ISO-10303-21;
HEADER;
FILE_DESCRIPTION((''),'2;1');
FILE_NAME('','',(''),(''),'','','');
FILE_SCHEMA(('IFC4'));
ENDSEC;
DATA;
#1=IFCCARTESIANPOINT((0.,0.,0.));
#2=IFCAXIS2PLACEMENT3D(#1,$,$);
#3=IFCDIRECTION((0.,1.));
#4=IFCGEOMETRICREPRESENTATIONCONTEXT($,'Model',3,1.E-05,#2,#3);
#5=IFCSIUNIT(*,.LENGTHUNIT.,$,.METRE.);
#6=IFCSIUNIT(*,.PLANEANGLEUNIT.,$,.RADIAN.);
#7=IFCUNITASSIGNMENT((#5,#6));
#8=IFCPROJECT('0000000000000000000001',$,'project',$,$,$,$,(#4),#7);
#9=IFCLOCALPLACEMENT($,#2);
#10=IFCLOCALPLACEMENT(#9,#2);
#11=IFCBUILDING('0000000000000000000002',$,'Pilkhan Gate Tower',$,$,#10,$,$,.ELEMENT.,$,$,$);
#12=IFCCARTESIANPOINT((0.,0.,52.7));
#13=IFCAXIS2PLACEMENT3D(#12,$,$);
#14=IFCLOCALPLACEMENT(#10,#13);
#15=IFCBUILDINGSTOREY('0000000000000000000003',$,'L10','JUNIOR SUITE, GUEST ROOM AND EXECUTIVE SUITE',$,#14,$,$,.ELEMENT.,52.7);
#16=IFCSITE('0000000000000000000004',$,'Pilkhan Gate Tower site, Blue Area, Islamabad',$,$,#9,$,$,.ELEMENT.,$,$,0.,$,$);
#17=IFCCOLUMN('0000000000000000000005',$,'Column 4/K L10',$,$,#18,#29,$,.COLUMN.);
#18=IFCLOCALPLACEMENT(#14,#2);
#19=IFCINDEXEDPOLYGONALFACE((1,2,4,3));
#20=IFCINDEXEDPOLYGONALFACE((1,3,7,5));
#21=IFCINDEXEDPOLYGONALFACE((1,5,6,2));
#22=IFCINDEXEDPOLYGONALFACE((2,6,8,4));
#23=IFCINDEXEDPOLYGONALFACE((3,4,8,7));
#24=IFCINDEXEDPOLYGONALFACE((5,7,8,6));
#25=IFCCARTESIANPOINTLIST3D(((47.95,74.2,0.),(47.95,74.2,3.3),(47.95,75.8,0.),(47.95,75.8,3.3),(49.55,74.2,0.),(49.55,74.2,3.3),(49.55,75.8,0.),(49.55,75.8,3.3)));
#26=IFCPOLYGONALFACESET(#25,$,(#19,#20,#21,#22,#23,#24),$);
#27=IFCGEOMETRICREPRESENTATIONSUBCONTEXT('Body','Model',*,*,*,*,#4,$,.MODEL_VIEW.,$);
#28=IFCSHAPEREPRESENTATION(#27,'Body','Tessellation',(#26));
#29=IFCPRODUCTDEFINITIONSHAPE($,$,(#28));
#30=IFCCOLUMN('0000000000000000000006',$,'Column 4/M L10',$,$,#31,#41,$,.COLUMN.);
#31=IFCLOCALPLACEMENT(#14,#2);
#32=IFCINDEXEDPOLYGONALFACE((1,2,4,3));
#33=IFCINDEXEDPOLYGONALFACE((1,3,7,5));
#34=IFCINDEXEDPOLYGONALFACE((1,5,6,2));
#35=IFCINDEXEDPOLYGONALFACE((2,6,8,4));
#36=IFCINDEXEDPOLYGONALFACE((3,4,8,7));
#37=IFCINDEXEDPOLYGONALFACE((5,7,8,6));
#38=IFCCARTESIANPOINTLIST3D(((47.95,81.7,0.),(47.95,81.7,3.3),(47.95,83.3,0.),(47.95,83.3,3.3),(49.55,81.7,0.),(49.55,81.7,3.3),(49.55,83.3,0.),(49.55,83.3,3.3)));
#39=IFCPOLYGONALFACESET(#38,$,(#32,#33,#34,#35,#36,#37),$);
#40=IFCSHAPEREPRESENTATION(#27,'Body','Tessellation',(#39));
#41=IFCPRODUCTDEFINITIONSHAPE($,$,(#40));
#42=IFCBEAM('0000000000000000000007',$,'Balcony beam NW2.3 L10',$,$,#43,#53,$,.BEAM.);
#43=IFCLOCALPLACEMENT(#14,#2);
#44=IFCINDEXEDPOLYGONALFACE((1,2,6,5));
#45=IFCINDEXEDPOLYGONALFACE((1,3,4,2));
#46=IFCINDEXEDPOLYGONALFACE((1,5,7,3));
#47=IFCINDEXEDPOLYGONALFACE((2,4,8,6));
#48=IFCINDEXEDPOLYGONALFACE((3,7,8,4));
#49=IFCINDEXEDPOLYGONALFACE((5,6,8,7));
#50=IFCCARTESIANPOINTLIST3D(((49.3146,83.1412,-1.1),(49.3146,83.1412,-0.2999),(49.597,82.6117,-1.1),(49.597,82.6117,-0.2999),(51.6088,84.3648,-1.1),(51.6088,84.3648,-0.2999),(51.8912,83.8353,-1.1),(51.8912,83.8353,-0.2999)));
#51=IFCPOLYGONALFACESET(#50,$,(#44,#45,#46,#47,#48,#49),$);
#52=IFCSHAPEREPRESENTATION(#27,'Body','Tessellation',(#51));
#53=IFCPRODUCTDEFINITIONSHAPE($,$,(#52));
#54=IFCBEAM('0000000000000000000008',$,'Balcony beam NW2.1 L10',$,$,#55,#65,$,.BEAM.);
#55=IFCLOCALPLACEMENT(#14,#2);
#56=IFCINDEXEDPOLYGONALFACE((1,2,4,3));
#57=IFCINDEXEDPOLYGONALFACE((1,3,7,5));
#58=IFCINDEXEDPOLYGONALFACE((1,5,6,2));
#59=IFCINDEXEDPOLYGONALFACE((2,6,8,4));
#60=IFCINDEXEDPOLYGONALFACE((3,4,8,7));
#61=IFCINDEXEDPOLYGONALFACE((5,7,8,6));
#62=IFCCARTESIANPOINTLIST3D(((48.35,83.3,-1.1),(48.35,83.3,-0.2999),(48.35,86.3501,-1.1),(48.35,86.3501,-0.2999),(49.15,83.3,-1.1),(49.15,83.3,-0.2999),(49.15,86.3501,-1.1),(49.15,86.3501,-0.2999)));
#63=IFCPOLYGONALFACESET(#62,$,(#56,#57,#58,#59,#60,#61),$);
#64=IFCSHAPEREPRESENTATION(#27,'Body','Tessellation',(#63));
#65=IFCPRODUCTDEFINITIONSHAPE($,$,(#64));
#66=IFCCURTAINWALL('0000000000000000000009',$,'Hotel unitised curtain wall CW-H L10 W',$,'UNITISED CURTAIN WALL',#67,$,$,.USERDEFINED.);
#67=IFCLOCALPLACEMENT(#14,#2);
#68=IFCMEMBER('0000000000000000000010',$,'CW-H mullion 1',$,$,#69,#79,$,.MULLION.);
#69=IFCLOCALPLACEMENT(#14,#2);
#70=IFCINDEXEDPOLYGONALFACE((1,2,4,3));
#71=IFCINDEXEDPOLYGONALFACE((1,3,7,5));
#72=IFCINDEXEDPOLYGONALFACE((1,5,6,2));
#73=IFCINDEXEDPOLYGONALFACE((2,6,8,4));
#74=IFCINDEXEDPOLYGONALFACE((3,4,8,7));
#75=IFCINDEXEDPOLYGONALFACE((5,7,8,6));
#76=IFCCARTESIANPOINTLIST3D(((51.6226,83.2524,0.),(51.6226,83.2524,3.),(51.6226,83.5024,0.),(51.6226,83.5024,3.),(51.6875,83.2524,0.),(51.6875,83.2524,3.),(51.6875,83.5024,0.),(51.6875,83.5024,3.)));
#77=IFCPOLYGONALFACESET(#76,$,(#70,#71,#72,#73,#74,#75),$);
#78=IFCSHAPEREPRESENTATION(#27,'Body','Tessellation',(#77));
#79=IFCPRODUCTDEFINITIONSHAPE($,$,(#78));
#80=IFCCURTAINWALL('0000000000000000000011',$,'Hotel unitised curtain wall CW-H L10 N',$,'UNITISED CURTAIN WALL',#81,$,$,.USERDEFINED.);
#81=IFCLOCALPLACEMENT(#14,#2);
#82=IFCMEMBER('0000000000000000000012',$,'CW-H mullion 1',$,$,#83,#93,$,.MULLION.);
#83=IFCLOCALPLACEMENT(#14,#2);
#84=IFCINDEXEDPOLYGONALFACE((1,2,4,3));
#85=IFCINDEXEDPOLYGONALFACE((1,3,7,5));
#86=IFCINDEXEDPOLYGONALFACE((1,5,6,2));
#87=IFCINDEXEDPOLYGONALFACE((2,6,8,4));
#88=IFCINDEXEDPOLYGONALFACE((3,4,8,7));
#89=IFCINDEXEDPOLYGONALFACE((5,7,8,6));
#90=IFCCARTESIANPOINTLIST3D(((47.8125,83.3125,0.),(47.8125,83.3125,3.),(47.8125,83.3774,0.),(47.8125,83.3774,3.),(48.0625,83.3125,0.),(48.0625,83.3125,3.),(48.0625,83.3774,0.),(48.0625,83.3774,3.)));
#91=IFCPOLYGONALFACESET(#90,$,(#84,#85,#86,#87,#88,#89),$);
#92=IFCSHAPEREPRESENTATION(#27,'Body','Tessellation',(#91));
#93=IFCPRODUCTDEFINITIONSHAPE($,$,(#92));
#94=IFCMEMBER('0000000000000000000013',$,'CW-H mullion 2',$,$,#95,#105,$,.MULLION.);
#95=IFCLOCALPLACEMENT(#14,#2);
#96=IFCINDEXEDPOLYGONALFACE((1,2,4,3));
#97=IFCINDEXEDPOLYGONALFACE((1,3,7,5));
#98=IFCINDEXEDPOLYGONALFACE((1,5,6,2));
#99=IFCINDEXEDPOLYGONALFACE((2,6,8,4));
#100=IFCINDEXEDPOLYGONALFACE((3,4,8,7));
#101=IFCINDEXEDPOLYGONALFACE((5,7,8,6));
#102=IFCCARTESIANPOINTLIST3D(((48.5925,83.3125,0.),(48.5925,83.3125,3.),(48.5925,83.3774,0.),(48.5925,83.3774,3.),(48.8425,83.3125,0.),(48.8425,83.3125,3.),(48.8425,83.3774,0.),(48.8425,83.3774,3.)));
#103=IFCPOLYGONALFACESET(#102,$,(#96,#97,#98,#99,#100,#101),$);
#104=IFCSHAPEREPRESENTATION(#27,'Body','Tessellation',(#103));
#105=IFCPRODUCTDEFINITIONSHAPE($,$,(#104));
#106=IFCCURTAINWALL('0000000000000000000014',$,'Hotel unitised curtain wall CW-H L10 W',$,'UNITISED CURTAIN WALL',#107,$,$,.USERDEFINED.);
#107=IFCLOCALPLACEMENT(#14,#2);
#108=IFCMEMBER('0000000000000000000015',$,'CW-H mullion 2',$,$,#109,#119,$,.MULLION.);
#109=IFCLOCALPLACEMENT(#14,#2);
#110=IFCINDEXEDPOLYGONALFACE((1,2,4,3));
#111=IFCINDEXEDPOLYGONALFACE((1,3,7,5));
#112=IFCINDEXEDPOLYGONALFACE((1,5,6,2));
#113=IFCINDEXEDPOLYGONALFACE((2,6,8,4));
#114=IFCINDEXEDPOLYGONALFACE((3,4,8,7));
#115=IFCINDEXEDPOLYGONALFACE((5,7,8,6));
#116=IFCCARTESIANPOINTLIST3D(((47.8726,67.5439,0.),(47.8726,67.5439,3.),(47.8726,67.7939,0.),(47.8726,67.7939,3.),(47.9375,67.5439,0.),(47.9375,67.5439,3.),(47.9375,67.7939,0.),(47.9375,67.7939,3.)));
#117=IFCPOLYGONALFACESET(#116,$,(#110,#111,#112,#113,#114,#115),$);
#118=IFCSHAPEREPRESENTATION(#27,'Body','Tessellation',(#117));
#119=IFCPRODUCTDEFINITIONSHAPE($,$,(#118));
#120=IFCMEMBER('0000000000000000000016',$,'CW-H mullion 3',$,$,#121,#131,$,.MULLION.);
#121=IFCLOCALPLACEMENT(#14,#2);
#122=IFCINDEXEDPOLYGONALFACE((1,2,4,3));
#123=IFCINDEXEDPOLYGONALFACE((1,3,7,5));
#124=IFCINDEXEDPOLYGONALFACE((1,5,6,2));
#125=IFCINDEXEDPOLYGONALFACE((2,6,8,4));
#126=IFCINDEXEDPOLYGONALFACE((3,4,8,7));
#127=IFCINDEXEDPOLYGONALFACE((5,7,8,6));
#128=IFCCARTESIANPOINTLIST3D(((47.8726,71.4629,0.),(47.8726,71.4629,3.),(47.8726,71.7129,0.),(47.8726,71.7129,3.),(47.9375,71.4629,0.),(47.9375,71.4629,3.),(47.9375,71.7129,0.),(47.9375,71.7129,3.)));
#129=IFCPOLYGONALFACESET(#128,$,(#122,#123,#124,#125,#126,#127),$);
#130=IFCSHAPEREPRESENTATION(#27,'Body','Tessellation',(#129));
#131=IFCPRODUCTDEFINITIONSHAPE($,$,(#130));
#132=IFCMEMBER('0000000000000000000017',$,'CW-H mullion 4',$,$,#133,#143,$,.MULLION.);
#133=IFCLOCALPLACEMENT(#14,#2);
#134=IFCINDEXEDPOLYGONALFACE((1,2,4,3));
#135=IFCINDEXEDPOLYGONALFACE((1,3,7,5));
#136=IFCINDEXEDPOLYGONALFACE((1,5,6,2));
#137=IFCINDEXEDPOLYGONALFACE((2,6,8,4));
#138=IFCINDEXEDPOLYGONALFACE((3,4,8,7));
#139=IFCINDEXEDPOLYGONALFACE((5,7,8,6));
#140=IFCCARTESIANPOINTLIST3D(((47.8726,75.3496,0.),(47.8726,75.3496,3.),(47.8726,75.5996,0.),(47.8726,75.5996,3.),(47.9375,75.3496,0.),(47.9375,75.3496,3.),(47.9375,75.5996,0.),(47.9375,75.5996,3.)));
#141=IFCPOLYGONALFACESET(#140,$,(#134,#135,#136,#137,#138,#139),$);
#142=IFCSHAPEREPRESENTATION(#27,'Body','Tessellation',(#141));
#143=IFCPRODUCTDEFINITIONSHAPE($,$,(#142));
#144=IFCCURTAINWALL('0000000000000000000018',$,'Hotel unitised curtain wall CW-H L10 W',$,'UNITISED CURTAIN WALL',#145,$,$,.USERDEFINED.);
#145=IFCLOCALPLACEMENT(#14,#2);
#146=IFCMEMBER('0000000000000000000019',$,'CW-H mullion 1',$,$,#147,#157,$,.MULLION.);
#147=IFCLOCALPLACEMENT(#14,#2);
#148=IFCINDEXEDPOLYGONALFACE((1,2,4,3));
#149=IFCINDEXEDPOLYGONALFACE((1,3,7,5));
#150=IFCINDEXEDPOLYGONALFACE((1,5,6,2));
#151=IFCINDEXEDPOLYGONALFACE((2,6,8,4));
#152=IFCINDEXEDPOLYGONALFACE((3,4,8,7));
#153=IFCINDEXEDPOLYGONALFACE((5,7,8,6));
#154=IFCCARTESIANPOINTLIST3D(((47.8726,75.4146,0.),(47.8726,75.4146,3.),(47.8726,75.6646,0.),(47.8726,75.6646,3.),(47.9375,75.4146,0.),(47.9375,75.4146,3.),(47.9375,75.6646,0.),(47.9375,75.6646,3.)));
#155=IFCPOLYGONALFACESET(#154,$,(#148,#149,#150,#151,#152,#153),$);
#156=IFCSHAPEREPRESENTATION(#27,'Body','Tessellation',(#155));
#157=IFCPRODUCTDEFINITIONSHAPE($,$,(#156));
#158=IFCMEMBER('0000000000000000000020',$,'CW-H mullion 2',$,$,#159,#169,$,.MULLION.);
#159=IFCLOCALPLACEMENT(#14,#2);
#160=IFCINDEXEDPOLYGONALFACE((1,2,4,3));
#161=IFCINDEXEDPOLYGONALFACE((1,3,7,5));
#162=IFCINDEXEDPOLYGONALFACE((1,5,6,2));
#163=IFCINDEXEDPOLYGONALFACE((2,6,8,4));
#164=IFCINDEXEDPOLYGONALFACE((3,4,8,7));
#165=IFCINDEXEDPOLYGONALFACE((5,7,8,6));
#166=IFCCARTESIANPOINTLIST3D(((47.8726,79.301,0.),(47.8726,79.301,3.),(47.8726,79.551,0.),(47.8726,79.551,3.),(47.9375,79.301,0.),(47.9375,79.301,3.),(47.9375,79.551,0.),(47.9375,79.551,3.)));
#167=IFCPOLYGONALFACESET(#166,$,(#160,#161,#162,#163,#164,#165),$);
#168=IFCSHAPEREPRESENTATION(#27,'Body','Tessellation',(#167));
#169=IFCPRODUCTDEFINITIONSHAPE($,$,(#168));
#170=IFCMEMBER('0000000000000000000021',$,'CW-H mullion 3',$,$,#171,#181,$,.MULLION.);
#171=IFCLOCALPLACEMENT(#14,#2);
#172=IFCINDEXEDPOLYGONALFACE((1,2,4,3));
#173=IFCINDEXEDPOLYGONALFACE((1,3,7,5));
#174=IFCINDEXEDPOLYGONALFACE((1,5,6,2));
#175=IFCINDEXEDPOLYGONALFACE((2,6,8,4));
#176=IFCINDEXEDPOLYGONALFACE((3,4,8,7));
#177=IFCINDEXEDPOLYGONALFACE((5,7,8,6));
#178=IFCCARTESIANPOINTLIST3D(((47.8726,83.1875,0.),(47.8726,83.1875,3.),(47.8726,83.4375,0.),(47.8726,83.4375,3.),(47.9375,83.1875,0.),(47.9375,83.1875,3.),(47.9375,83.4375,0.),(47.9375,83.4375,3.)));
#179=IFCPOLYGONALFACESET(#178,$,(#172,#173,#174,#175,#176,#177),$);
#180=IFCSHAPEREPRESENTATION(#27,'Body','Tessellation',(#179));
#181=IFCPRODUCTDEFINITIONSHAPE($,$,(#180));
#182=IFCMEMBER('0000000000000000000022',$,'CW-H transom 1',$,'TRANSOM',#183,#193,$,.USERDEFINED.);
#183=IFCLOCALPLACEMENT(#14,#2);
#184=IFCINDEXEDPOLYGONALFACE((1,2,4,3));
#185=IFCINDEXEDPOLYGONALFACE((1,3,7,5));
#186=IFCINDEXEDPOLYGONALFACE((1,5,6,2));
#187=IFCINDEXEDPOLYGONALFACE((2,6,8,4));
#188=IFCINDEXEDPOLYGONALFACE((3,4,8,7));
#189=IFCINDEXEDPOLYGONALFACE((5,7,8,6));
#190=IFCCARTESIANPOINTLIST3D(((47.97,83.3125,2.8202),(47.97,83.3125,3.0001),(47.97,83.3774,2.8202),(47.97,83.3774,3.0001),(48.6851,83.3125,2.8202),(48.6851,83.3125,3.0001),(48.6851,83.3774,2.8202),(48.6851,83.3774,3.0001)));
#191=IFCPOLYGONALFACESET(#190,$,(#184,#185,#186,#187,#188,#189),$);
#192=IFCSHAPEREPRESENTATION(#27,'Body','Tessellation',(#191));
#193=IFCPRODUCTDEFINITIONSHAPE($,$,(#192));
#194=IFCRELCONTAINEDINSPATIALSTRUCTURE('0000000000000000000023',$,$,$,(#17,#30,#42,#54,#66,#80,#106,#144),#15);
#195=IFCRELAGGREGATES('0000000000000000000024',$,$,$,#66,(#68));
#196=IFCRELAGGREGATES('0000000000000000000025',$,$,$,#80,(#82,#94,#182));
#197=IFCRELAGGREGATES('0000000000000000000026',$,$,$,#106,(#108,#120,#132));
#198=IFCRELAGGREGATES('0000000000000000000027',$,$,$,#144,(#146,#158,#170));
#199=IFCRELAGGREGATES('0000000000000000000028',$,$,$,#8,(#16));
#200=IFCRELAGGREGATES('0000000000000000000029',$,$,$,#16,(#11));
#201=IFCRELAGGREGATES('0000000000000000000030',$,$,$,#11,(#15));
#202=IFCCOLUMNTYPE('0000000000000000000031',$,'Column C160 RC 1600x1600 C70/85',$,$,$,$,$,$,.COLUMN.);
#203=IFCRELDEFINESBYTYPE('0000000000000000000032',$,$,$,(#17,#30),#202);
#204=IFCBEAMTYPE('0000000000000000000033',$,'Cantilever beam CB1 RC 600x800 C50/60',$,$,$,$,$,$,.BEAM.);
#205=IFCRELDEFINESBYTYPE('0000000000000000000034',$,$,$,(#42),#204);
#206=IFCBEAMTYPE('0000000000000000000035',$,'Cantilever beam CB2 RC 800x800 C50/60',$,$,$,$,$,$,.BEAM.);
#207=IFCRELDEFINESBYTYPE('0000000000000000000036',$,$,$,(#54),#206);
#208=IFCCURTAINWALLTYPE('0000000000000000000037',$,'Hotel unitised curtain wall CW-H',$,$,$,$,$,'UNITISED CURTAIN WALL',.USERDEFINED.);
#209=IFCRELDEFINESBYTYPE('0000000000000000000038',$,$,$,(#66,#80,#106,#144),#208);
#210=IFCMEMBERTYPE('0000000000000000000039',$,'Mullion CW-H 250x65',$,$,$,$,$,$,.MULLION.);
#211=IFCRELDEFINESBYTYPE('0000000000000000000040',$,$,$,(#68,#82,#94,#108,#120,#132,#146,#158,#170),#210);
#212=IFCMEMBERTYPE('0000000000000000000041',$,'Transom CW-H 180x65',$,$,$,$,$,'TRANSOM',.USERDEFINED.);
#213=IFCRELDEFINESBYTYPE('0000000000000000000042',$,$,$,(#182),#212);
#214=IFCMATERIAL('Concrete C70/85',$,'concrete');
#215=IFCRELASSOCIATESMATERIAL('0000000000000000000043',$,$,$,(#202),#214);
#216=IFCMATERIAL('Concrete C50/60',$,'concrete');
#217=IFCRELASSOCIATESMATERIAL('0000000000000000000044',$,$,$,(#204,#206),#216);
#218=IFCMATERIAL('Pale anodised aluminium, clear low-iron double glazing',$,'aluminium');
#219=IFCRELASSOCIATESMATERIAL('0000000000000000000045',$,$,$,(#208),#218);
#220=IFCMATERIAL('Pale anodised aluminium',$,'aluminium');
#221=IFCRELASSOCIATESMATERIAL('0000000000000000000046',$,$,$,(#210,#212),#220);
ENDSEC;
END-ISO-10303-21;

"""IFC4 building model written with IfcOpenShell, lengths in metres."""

from ifc_helpers import new_model, si_unit, direction, frame, origin, origin_2d, place, context, subcontext, project, spatial, rectangle, extrude, material, material_profile, profile_set, type_object, element, aggregate, save


model = new_model("IFC4")

# Units and contexts
model_context = context("Model", 3, precision=1e-05, world=origin(), true_north=direction((0.0, 1.0)))
body_context = subcontext(model_context, "Body", "Model", "MODEL_VIEW")
ifc_project = project(units=[si_unit("LENGTHUNIT", "METRE"), si_unit("PLANEANGLEUNIT", "RADIAN")], contexts=[model_context])

# Site, building, storey
site_placement = place(None, origin())
site = spatial("IfcSite", under=ifc_project, at=site_placement, Name="Pilkhan Gate Tower site, Blue Area, Islamabad", CompositionType="ELEMENT", RefElevation=0.0)
building_placement = place(site_placement, origin())
building = spatial("IfcBuilding", under=site, at=building_placement, Name="Pilkhan Gate Tower", CompositionType="ELEMENT")
storey_placement = place(building_placement, frame((0.0, 0.0, 52.7)))
storey = spatial("IfcBuildingStorey", under=building, at=storey_placement, Name="L10", Description="JUNIOR SUITE, GUEST ROOM AND EXECUTIVE SUITE", CompositionType="ELEMENT", Elevation=52.7)

# Columns
ifc_material_1 = material(Name="Concrete C70/85", Category="concrete")
ifc_material_profile_1 = material_profile(ifc_material_1, rectangle(XDim=1.6001, YDim=1.6001, at=origin_2d()), Name="RC 1600x1600")
ifc_profile_set_1 = profile_set([ifc_material_profile_1], Name="Concrete C70/85")
column_type = type_object("IfcColumnType", Name="Column C160 RC 1600x1600 C70/85", PredefinedType="COLUMN", material=ifc_profile_set_1)
for number, where, z_axis, x_axis, name in (
    (1, (48.75, 75.0, 0.0), (0.0, 0.0, 1.0), (1.0, 0.0, 0.0), "Column 4/K L10"),
    (2, (48.75, 82.5, 0.0), (0.0, 0.0, 1.0), (1.0, 0.0, 0.0), "Column 4/M L10"),
):
    element("IfcColumn", number, at=place(storey_placement, frame(where, z_axis=z_axis, x_axis=x_axis)), inside=storey, type_object=column_type, Name=name, PredefinedType="COLUMN", context=body_context, shape_type="SweptSolid", body=[
        extrude(rectangle(XDim=1.6001, YDim=1.6001, at=origin_2d()), origin(), (0.0, 0.0, 1.0), 3.3),
    ])

# Beams
ifc_material_2 = material(Name="Concrete C50/60", Category="concrete")
ifc_material_profile_2 = material_profile(ifc_material_2, rectangle(XDim=0.6001, YDim=0.8, at=origin_2d()), Name="RC 600x800")
ifc_profile_set_2 = profile_set([ifc_material_profile_2], Name="Concrete C50/60")
beam_type_1 = type_object("IfcBeamType", Name="Cantilever beam CB1 RC 600x800 C50/60", PredefinedType="BEAM", material=ifc_profile_set_2)
beam_1_placement = place(storey_placement, frame((49.4558, 82.8765, -0.7), z_axis=(0.882343, 0.470608, 0.0), x_axis=(-0.470608, 0.882343, 0.0)))
element("IfcBeam", 3, at=beam_1_placement, inside=storey, type_object=beam_type_1, Name="Balcony beam NW2.3 L10", PredefinedType="BEAM", context=body_context, shape_type="SweptSolid", body=[
    extrude(rectangle(XDim=0.6001, YDim=0.8, at=origin_2d()), origin(), (0.0, 0.0, 1.0), 2.6001),
])
ifc_material_profile_3 = material_profile(ifc_material_2, rectangle(XDim=0.8, YDim=0.8, at=origin_2d()), Name="RC 800x800")
ifc_profile_set_3 = profile_set([ifc_material_profile_3], Name="Concrete C50/60")
beam_type_2 = type_object("IfcBeamType", Name="Cantilever beam CB2 RC 800x800 C50/60", PredefinedType="BEAM", material=ifc_profile_set_3)
beam_2_placement = place(storey_placement, frame((48.75, 83.3, -0.7), z_axis=(0.0, 1.0, 0.0), x_axis=(-1.0, 0.0, 0.0)))
element("IfcBeam", 4, at=beam_2_placement, inside=storey, type_object=beam_type_2, Name="Balcony beam NW2.1 L10", PredefinedType="BEAM", context=body_context, shape_type="SweptSolid", body=[
    extrude(rectangle(XDim=0.8, YDim=0.8, at=origin_2d()), origin(), (0.0, 0.0, 1.0), 3.05),
])

# Curtain wall, member
ifc_material_3 = material(Name="Pale anodised aluminium, clear low-iron double glazing", Category="aluminium")
curtain_wall_type = type_object("IfcCurtainWallType", Name="Hotel unitised curtain wall CW-H", ElementType="UNITISED CURTAIN WALL", PredefinedType="USERDEFINED", material=ifc_material_3)
curtain_wall_1_placement = place(storey_placement, origin())
curtain_wall_1 = element("IfcCurtainWall", 5, at=curtain_wall_1_placement, inside=storey, type_object=curtain_wall_type, Name="Hotel unitised curtain wall CW-H L10 W", ObjectType="UNITISED CURTAIN WALL", PredefinedType="USERDEFINED")
ifc_material_4 = material(Name="Pale anodised aluminium", Category="aluminium")
ifc_material_profile_4 = material_profile(ifc_material_4, rectangle(XDim=0.0649, YDim=0.25, at=origin_2d()), Name="Mullion 250x65")
ifc_profile_set_4 = profile_set([ifc_material_profile_4], Name="Pale anodised aluminium")
member_type_1 = type_object("IfcMemberType", Name="Mullion CW-H 250x65", PredefinedType="MULLION", material=ifc_profile_set_4)
member_1_placement = place(storey_placement, frame((51.655, 83.3774, 0.0), z_axis=(0.0, 0.0, 1.0), x_axis=(-1.0, 0.0, 0.0)))
member_1 = element("IfcMember", 6, at=member_1_placement, type_object=member_type_1, Name="CW-H mullion 1", PredefinedType="MULLION", context=body_context, shape_type="SweptSolid", body=[
    extrude(rectangle(XDim=0.0649, YDim=0.25, at=origin_2d()), origin(), (0.0, 0.0, 1.0), 3.0),
])
aggregate(curtain_wall_1, [member_1])

# Curtain walls, members
curtain_wall_2_placement = place(storey_placement, origin())
curtain_wall_2 = element("IfcCurtainWall", 7, at=curtain_wall_2_placement, inside=storey, type_object=curtain_wall_type, Name="Hotel unitised curtain wall CW-H L10 N", ObjectType="UNITISED CURTAIN WALL", PredefinedType="USERDEFINED")
member_2_placement = place(storey_placement, frame((47.9375, 83.345, 0.0), z_axis=(0.0, 0.0, 1.0), x_axis=(0.0, 1.0, 0.0)))
member_2 = element("IfcMember", 8, at=member_2_placement, type_object=member_type_1, Name="CW-H mullion 1", PredefinedType="MULLION", context=body_context, shape_type="SweptSolid", body=[
    extrude(rectangle(XDim=0.0649, YDim=0.25, at=origin_2d()), origin(), (0.0, 0.0, 1.0), 3.0),
])
member_3_placement = place(storey_placement, frame((48.7175, 83.345, 0.0), z_axis=(0.0, 0.0, 1.0), x_axis=(0.0, 1.0, 0.0)))
member_3 = element("IfcMember", 9, at=member_3_placement, type_object=member_type_1, Name="CW-H mullion 2", PredefinedType="MULLION", context=body_context, shape_type="SweptSolid", body=[
    extrude(rectangle(XDim=0.0649, YDim=0.25, at=origin_2d()), origin(), (0.0, 0.0, 1.0), 3.0),
])
curtain_wall_3_placement = place(storey_placement, origin())
curtain_wall_3 = element("IfcCurtainWall", 10, at=curtain_wall_3_placement, inside=storey, type_object=curtain_wall_type, Name="Hotel unitised curtain wall CW-H L10 W", ObjectType="UNITISED CURTAIN WALL", PredefinedType="USERDEFINED")
member_4_placement = place(storey_placement, frame((47.905, 67.6689, 0.0), z_axis=(0.0, 0.0, 1.0), x_axis=(-1.0, 0.0, 0.0)))
member_4 = element("IfcMember", 11, at=member_4_placement, type_object=member_type_1, Name="CW-H mullion 2", PredefinedType="MULLION", context=body_context, shape_type="SweptSolid", body=[
    extrude(rectangle(XDim=0.0649, YDim=0.25, at=origin_2d()), origin(), (0.0, 0.0, 1.0), 3.0),
])
member_5_placement = place(storey_placement, frame((47.905, 71.5879, 0.0), z_axis=(0.0, 0.0, 1.0), x_axis=(-1.0, 0.0, 0.0)))
member_5 = element("IfcMember", 12, at=member_5_placement, type_object=member_type_1, Name="CW-H mullion 3", PredefinedType="MULLION", context=body_context, shape_type="SweptSolid", body=[
    extrude(rectangle(XDim=0.0649, YDim=0.25, at=origin_2d()), origin(), (0.0, 0.0, 1.0), 3.0),
])
member_6_placement = place(storey_placement, frame((47.905, 75.4746, 0.0), z_axis=(0.0, 0.0, 1.0), x_axis=(-1.0, 0.0, 0.0)))
member_6 = element("IfcMember", 13, at=member_6_placement, type_object=member_type_1, Name="CW-H mullion 4", PredefinedType="MULLION", context=body_context, shape_type="SweptSolid", body=[
    extrude(rectangle(XDim=0.0649, YDim=0.25, at=origin_2d()), origin(), (0.0, 0.0, 1.0), 3.0),
])
curtain_wall_4_placement = place(storey_placement, origin())
curtain_wall_4 = element("IfcCurtainWall", 14, at=curtain_wall_4_placement, inside=storey, type_object=curtain_wall_type, Name="Hotel unitised curtain wall CW-H L10 W", ObjectType="UNITISED CURTAIN WALL", PredefinedType="USERDEFINED")
member_7_placement = place(storey_placement, frame((47.905, 75.5396, 0.0), z_axis=(0.0, 0.0, 1.0), x_axis=(-1.0, 0.0, 0.0)))
member_7 = element("IfcMember", 15, at=member_7_placement, type_object=member_type_1, Name="CW-H mullion 1", PredefinedType="MULLION", context=body_context, shape_type="SweptSolid", body=[
    extrude(rectangle(XDim=0.0649, YDim=0.25, at=origin_2d()), origin(), (0.0, 0.0, 1.0), 3.0),
])
member_8_placement = place(storey_placement, frame((47.905, 79.426, 0.0), z_axis=(0.0, 0.0, 1.0), x_axis=(-1.0, 0.0, 0.0)))
member_8 = element("IfcMember", 16, at=member_8_placement, type_object=member_type_1, Name="CW-H mullion 2", PredefinedType="MULLION", context=body_context, shape_type="SweptSolid", body=[
    extrude(rectangle(XDim=0.0649, YDim=0.25, at=origin_2d()), origin(), (0.0, 0.0, 1.0), 3.0),
])
member_9_placement = place(storey_placement, frame((47.905, 83.3125, 0.0), z_axis=(0.0, 0.0, 1.0), x_axis=(-1.0, 0.0, 0.0)))
member_9 = element("IfcMember", 17, at=member_9_placement, type_object=member_type_1, Name="CW-H mullion 3", PredefinedType="MULLION", context=body_context, shape_type="SweptSolid", body=[
    extrude(rectangle(XDim=0.0649, YDim=0.25, at=origin_2d()), origin(), (0.0, 0.0, 1.0), 3.0),
])

# Member
ifc_material_profile_5 = material_profile(ifc_material_4, rectangle(XDim=0.0649, YDim=0.1799, at=origin_2d()), Name="Transom 180x65")
ifc_profile_set_5 = profile_set([ifc_material_profile_5], Name="Pale anodised aluminium")
member_type_2 = type_object("IfcMemberType", Name="Transom CW-H 180x65", ElementType="TRANSOM", PredefinedType="USERDEFINED", material=ifc_profile_set_5)
member_10_placement = place(storey_placement, frame((47.97, 83.345, 2.9102), z_axis=(1.0, 0.0, 0.0), x_axis=(0.0, 1.0, 0.0)))
member_10 = element("IfcMember", 18, at=member_10_placement, type_object=member_type_2, Name="CW-H transom 1", ObjectType="TRANSOM", PredefinedType="USERDEFINED", context=body_context, shape_type="SweptSolid", body=[
    extrude(rectangle(XDim=0.0649, YDim=0.1799, at=origin_2d()), origin(), (0.0, 0.0, 1.0), 0.7151),
])

aggregate(curtain_wall_2, [member_2, member_3, member_10])
aggregate(curtain_wall_3, [member_4, member_5, member_6])
aggregate(curtain_wall_4, [member_7, member_8, member_9])

save(model, "model.ifc")
